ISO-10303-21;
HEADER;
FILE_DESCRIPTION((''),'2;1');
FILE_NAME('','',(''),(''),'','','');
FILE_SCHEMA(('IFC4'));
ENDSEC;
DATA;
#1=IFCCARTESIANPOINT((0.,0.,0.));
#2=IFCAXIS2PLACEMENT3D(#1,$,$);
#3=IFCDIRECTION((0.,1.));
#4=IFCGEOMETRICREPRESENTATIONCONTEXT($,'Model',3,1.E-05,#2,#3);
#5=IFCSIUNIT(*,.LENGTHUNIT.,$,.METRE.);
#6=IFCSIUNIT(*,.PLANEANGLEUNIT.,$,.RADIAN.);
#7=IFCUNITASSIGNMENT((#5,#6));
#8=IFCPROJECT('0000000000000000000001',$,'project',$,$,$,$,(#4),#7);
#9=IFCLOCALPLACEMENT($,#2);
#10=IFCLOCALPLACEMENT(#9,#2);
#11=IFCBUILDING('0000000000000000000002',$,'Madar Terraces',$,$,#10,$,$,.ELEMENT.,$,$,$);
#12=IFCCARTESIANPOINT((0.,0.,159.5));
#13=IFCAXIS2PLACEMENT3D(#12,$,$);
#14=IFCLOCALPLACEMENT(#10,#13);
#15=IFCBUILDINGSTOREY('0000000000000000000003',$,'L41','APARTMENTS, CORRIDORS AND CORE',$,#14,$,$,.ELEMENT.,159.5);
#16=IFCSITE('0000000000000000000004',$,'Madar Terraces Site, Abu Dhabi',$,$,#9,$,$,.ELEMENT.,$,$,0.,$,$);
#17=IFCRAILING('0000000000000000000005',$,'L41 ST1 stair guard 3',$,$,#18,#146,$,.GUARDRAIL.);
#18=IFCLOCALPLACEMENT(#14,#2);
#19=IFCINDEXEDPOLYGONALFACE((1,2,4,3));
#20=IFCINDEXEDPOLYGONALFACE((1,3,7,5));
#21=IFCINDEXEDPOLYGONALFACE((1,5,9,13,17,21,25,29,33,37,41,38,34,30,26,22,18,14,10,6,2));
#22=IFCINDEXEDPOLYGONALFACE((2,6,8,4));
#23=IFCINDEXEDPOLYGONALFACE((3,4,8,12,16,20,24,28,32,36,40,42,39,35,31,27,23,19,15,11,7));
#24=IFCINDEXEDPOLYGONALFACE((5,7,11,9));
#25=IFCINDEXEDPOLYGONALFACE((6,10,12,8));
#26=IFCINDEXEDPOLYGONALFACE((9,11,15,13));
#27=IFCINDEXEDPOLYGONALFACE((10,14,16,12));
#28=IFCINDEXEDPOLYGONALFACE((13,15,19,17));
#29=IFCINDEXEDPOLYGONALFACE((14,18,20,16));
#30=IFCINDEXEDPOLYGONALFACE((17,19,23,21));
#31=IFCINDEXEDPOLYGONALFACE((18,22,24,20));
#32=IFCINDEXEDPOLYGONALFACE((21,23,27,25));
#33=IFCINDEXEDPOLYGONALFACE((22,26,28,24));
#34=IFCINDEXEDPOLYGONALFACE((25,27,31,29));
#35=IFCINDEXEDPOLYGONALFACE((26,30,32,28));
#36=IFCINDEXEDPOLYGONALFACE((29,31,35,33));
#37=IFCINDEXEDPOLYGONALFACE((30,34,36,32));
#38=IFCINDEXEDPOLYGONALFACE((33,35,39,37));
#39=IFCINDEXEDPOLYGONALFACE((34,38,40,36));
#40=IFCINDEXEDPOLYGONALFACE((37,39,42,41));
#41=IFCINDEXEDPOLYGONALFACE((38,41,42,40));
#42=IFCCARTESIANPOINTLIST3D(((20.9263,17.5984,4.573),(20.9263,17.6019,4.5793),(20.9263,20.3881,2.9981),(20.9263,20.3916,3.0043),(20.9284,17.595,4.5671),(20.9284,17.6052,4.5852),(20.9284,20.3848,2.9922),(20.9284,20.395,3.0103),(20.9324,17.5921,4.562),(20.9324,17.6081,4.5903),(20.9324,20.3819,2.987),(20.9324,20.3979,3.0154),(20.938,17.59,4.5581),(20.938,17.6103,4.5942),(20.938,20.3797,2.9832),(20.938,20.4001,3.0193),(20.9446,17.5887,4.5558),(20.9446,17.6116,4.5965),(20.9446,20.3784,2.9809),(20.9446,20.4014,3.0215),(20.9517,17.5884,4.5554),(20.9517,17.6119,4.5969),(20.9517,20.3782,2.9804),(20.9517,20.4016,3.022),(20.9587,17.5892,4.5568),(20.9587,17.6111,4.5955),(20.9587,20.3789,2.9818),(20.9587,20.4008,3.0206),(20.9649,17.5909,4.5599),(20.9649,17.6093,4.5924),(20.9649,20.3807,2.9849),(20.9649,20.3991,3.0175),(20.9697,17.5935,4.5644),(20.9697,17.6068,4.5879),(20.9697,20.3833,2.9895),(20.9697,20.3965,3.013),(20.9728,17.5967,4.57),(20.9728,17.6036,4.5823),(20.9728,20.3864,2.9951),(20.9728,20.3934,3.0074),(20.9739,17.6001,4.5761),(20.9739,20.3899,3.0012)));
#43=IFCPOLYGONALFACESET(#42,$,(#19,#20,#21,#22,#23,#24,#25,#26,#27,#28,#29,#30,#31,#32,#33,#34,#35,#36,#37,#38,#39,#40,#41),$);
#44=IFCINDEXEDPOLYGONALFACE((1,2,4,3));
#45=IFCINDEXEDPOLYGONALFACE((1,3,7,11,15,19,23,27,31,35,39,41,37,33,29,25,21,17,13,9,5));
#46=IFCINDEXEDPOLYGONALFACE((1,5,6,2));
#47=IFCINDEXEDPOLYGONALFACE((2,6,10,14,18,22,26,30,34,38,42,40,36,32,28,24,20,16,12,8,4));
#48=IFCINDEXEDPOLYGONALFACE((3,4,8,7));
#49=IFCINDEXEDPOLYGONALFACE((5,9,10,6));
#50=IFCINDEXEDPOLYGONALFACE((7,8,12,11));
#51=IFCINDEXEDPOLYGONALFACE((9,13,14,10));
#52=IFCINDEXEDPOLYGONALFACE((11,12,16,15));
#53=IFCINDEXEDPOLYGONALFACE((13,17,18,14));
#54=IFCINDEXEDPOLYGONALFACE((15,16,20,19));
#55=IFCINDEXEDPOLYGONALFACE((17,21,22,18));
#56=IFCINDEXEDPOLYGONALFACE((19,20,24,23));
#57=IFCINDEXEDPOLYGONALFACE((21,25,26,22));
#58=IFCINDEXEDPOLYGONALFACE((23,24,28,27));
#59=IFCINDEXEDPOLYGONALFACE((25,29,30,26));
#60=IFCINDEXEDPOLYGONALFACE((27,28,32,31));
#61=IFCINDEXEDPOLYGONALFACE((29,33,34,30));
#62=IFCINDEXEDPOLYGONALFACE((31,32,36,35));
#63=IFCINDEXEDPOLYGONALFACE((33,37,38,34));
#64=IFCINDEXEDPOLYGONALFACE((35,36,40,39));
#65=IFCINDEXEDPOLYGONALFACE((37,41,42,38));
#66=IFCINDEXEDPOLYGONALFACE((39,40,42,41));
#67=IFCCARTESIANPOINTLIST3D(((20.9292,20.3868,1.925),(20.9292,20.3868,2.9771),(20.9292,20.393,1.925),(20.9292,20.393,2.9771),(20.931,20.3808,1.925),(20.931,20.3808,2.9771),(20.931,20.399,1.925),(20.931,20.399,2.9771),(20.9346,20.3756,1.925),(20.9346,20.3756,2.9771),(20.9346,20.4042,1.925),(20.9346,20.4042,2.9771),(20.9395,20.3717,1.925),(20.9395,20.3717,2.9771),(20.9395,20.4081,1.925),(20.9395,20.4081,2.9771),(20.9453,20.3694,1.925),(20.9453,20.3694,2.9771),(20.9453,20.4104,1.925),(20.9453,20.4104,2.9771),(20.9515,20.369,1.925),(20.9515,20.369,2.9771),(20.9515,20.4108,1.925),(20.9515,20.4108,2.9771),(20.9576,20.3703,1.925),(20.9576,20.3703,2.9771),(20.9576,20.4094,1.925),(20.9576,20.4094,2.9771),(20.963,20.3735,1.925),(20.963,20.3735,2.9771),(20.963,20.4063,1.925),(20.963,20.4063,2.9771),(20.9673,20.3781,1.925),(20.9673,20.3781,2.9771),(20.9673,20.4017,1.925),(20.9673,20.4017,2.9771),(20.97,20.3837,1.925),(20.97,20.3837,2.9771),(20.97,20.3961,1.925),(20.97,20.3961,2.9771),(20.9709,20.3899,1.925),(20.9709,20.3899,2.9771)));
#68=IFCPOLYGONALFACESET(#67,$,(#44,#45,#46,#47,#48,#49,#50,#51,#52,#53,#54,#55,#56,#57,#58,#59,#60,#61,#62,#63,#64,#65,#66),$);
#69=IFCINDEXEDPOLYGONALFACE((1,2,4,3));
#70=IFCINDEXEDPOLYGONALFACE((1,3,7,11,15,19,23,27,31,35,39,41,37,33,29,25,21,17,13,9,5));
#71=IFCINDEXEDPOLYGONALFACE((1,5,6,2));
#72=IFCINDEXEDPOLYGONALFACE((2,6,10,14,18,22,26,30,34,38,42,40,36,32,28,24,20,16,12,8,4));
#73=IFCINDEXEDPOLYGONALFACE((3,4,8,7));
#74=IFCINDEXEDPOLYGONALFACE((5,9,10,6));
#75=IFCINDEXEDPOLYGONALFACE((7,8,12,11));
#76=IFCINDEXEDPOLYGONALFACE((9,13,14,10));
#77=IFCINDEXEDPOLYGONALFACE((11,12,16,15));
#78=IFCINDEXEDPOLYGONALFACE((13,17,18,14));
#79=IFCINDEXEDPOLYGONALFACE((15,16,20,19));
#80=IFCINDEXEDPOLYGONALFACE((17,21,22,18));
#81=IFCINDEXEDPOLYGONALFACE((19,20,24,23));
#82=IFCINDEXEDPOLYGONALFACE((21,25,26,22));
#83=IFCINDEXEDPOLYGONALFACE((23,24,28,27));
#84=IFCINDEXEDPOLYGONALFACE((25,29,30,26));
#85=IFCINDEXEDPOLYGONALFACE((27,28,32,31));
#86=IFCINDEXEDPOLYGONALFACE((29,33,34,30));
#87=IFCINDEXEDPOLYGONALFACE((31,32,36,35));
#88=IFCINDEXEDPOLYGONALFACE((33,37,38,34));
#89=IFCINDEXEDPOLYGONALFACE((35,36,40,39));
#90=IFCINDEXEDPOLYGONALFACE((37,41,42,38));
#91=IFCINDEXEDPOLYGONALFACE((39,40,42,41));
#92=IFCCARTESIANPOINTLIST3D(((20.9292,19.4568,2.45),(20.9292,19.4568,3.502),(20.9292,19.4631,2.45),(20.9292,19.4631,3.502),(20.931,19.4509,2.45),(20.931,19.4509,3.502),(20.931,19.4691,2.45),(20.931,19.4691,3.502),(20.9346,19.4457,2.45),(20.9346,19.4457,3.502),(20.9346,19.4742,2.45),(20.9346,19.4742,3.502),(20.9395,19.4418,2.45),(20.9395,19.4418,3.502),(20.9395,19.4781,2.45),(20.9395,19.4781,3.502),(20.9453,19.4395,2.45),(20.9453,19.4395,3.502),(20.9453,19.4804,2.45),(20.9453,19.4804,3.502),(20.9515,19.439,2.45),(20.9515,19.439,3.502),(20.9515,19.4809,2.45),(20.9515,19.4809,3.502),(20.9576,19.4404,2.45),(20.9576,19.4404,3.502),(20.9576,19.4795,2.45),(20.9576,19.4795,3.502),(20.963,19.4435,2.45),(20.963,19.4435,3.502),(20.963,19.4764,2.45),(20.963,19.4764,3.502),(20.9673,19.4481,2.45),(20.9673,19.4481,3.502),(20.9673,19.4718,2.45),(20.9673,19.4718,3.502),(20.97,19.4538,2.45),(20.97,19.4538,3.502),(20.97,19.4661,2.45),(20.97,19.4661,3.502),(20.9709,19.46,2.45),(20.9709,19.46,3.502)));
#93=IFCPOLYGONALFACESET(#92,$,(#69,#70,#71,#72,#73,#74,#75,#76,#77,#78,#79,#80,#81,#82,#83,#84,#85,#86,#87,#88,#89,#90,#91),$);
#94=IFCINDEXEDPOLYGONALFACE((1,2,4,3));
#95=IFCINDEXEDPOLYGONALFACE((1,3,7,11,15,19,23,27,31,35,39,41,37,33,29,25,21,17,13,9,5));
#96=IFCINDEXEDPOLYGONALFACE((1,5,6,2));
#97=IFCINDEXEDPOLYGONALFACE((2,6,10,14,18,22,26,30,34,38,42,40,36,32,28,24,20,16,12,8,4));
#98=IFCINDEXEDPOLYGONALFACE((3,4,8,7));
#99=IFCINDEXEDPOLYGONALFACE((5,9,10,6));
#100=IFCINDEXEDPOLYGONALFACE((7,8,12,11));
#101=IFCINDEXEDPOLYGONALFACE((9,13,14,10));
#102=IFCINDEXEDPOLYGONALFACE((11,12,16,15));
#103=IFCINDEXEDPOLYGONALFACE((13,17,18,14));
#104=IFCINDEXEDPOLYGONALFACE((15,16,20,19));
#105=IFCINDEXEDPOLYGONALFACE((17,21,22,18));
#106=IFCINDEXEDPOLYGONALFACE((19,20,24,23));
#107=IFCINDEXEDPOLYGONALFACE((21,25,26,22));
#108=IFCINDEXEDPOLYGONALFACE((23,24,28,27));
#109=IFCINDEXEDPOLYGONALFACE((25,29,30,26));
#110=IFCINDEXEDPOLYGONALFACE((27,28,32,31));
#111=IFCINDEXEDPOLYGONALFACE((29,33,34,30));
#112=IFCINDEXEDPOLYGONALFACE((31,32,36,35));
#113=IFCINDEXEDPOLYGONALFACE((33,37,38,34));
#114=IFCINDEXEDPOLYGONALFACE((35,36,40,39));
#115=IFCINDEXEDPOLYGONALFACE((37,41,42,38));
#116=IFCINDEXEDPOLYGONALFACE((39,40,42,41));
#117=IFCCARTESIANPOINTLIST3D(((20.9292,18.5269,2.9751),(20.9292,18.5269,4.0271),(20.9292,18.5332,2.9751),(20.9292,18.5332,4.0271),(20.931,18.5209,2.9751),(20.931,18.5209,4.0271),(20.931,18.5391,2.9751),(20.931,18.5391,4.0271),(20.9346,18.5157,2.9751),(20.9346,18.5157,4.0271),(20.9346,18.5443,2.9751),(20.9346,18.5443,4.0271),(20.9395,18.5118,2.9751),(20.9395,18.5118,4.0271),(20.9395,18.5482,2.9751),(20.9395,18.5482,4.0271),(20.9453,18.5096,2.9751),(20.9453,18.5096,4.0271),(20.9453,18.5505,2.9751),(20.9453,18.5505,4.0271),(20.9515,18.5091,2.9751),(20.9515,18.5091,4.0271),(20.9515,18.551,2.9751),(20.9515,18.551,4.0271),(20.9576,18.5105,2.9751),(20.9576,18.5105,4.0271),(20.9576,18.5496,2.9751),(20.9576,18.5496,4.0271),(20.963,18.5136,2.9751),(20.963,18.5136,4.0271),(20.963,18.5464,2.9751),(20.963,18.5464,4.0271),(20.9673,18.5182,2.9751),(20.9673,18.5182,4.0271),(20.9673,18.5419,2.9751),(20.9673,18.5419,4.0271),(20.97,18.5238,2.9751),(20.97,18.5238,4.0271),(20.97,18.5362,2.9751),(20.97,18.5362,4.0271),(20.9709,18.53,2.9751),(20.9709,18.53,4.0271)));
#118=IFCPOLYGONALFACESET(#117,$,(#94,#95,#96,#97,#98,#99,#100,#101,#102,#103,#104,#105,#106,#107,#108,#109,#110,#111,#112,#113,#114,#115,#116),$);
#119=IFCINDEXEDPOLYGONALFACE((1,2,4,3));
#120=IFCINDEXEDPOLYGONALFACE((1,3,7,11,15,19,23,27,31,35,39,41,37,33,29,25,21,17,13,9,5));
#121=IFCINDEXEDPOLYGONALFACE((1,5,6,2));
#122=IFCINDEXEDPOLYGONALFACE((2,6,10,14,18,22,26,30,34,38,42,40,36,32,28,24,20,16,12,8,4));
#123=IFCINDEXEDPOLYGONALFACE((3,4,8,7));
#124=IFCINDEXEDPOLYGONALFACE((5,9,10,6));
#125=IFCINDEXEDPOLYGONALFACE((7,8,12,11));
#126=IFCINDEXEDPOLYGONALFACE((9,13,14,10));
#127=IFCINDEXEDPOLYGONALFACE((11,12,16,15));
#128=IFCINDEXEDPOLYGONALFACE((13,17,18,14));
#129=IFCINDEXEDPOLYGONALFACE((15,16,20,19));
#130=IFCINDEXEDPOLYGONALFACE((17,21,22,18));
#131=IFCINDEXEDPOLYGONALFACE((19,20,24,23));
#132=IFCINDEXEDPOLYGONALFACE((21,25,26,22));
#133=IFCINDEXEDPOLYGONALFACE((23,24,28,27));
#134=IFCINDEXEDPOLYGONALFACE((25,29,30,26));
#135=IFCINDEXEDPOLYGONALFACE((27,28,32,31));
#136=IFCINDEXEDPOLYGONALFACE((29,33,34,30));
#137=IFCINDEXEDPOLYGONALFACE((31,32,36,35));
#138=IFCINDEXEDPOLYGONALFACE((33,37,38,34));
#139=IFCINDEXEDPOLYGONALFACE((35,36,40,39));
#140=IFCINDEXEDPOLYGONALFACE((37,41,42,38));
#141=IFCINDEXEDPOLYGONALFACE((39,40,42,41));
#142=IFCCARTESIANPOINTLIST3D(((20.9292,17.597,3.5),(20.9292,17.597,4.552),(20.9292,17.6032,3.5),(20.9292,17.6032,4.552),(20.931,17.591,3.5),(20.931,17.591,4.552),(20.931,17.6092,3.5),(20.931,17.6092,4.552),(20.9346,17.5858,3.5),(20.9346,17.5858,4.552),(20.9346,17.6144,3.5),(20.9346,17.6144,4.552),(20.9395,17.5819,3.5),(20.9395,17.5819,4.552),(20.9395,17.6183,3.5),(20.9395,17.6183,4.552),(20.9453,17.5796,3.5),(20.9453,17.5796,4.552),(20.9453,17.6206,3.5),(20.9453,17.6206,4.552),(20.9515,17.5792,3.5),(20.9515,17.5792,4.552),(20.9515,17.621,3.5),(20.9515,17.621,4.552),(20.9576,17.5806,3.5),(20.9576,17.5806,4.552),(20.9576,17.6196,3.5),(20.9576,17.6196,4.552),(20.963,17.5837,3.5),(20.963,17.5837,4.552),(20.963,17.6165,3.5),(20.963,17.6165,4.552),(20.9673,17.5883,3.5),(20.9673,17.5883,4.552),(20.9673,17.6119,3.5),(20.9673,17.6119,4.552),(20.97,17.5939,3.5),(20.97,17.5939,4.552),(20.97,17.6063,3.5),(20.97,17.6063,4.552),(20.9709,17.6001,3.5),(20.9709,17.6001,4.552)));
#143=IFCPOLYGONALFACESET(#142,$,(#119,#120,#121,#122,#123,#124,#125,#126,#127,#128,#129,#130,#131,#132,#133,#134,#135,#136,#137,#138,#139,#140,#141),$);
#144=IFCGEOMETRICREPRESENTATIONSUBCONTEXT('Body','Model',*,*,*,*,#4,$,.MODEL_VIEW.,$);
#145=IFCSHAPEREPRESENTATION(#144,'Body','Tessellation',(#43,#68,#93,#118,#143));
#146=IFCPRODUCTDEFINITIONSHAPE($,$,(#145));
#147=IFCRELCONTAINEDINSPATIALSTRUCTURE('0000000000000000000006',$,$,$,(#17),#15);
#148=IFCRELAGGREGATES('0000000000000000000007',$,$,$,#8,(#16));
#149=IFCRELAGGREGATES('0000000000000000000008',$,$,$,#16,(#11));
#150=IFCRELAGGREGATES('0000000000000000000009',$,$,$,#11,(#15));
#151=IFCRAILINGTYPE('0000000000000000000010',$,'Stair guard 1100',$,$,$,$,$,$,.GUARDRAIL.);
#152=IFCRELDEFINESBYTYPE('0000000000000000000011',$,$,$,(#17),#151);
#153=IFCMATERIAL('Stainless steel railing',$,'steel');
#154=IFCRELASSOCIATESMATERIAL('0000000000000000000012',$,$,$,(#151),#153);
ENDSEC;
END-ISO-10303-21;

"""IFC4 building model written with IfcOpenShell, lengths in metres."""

from ifc_helpers import new_model, si_unit, direction, frame, origin, origin_2d, place, context, subcontext, project, spatial, circle, extrude, material, type_object, element, save


model = new_model("IFC4")

# Units and contexts
model_context = context("Model", 3, precision=1e-05, world=origin(), true_north=direction((0.0, 1.0)))
body_context = subcontext(model_context, "Body", "Model", "MODEL_VIEW")
ifc_project = project(units=[si_unit("LENGTHUNIT", "METRE"), si_unit("PLANEANGLEUNIT", "RADIAN")], contexts=[model_context])

# Site, building, storey
site_placement = place(None, origin())
site = spatial("IfcSite", under=ifc_project, at=site_placement, Name="Madar Terraces Site, Abu Dhabi", CompositionType="ELEMENT", RefElevation=0.0)
building_placement = place(site_placement, origin())
building = spatial("IfcBuilding", under=site, at=building_placement, Name="Madar Terraces", CompositionType="ELEMENT")
storey_placement = place(building_placement, frame((0.0, 0.0, 159.5)))
storey = spatial("IfcBuildingStorey", under=building, at=storey_placement, Name="L41", Description="APARTMENTS, CORRIDORS AND CORE", CompositionType="ELEMENT", Elevation=159.5)

# Railing
ifc_material_1 = material(Name="Stainless steel railing", Category="steel")
railing_type_1 = type_object("IfcRailingType", Name="Stair guard 1100", PredefinedType="GUARDRAIL", material=ifc_material_1)
railing_1_placement = place(storey_placement, frame((20.95, 20.3899, 1.925)))
element("IfcRailing", 1, at=railing_1_placement, inside=storey, type_object=railing_type_1, Name="L41 ST1 stair guard 3", PredefinedType="GUARDRAIL", context=body_context, shape_type="SweptSolid", body=[
    extrude(circle(Radius=0.0239, at=origin_2d()), frame((0.0, 0.0, 1.0762), z_axis=(0.0, -0.870815, 0.49161), x_axis=(1.0, 0.0, 0.0)), (0.0, 0.0, 1.0), 3.2036),
    extrude(circle(Radius=0.021, at=origin_2d()), origin(), (0.0, 0.0, 1.0), 1.052),
    extrude(circle(Radius=0.021, at=origin_2d()), frame((0.0, -0.9299, 0.5249)), (0.0, 0.0, 1.0), 1.052),
    extrude(circle(Radius=0.021, at=origin_2d()), frame((0.0, -1.8599, 1.05)), (0.0, 0.0, 1.0), 1.052),
    extrude(circle(Radius=0.021, at=origin_2d()), frame((0.0, -2.7898, 1.575)), (0.0, 0.0, 1.0), 1.052),
])

save(model, "model.ifc")
